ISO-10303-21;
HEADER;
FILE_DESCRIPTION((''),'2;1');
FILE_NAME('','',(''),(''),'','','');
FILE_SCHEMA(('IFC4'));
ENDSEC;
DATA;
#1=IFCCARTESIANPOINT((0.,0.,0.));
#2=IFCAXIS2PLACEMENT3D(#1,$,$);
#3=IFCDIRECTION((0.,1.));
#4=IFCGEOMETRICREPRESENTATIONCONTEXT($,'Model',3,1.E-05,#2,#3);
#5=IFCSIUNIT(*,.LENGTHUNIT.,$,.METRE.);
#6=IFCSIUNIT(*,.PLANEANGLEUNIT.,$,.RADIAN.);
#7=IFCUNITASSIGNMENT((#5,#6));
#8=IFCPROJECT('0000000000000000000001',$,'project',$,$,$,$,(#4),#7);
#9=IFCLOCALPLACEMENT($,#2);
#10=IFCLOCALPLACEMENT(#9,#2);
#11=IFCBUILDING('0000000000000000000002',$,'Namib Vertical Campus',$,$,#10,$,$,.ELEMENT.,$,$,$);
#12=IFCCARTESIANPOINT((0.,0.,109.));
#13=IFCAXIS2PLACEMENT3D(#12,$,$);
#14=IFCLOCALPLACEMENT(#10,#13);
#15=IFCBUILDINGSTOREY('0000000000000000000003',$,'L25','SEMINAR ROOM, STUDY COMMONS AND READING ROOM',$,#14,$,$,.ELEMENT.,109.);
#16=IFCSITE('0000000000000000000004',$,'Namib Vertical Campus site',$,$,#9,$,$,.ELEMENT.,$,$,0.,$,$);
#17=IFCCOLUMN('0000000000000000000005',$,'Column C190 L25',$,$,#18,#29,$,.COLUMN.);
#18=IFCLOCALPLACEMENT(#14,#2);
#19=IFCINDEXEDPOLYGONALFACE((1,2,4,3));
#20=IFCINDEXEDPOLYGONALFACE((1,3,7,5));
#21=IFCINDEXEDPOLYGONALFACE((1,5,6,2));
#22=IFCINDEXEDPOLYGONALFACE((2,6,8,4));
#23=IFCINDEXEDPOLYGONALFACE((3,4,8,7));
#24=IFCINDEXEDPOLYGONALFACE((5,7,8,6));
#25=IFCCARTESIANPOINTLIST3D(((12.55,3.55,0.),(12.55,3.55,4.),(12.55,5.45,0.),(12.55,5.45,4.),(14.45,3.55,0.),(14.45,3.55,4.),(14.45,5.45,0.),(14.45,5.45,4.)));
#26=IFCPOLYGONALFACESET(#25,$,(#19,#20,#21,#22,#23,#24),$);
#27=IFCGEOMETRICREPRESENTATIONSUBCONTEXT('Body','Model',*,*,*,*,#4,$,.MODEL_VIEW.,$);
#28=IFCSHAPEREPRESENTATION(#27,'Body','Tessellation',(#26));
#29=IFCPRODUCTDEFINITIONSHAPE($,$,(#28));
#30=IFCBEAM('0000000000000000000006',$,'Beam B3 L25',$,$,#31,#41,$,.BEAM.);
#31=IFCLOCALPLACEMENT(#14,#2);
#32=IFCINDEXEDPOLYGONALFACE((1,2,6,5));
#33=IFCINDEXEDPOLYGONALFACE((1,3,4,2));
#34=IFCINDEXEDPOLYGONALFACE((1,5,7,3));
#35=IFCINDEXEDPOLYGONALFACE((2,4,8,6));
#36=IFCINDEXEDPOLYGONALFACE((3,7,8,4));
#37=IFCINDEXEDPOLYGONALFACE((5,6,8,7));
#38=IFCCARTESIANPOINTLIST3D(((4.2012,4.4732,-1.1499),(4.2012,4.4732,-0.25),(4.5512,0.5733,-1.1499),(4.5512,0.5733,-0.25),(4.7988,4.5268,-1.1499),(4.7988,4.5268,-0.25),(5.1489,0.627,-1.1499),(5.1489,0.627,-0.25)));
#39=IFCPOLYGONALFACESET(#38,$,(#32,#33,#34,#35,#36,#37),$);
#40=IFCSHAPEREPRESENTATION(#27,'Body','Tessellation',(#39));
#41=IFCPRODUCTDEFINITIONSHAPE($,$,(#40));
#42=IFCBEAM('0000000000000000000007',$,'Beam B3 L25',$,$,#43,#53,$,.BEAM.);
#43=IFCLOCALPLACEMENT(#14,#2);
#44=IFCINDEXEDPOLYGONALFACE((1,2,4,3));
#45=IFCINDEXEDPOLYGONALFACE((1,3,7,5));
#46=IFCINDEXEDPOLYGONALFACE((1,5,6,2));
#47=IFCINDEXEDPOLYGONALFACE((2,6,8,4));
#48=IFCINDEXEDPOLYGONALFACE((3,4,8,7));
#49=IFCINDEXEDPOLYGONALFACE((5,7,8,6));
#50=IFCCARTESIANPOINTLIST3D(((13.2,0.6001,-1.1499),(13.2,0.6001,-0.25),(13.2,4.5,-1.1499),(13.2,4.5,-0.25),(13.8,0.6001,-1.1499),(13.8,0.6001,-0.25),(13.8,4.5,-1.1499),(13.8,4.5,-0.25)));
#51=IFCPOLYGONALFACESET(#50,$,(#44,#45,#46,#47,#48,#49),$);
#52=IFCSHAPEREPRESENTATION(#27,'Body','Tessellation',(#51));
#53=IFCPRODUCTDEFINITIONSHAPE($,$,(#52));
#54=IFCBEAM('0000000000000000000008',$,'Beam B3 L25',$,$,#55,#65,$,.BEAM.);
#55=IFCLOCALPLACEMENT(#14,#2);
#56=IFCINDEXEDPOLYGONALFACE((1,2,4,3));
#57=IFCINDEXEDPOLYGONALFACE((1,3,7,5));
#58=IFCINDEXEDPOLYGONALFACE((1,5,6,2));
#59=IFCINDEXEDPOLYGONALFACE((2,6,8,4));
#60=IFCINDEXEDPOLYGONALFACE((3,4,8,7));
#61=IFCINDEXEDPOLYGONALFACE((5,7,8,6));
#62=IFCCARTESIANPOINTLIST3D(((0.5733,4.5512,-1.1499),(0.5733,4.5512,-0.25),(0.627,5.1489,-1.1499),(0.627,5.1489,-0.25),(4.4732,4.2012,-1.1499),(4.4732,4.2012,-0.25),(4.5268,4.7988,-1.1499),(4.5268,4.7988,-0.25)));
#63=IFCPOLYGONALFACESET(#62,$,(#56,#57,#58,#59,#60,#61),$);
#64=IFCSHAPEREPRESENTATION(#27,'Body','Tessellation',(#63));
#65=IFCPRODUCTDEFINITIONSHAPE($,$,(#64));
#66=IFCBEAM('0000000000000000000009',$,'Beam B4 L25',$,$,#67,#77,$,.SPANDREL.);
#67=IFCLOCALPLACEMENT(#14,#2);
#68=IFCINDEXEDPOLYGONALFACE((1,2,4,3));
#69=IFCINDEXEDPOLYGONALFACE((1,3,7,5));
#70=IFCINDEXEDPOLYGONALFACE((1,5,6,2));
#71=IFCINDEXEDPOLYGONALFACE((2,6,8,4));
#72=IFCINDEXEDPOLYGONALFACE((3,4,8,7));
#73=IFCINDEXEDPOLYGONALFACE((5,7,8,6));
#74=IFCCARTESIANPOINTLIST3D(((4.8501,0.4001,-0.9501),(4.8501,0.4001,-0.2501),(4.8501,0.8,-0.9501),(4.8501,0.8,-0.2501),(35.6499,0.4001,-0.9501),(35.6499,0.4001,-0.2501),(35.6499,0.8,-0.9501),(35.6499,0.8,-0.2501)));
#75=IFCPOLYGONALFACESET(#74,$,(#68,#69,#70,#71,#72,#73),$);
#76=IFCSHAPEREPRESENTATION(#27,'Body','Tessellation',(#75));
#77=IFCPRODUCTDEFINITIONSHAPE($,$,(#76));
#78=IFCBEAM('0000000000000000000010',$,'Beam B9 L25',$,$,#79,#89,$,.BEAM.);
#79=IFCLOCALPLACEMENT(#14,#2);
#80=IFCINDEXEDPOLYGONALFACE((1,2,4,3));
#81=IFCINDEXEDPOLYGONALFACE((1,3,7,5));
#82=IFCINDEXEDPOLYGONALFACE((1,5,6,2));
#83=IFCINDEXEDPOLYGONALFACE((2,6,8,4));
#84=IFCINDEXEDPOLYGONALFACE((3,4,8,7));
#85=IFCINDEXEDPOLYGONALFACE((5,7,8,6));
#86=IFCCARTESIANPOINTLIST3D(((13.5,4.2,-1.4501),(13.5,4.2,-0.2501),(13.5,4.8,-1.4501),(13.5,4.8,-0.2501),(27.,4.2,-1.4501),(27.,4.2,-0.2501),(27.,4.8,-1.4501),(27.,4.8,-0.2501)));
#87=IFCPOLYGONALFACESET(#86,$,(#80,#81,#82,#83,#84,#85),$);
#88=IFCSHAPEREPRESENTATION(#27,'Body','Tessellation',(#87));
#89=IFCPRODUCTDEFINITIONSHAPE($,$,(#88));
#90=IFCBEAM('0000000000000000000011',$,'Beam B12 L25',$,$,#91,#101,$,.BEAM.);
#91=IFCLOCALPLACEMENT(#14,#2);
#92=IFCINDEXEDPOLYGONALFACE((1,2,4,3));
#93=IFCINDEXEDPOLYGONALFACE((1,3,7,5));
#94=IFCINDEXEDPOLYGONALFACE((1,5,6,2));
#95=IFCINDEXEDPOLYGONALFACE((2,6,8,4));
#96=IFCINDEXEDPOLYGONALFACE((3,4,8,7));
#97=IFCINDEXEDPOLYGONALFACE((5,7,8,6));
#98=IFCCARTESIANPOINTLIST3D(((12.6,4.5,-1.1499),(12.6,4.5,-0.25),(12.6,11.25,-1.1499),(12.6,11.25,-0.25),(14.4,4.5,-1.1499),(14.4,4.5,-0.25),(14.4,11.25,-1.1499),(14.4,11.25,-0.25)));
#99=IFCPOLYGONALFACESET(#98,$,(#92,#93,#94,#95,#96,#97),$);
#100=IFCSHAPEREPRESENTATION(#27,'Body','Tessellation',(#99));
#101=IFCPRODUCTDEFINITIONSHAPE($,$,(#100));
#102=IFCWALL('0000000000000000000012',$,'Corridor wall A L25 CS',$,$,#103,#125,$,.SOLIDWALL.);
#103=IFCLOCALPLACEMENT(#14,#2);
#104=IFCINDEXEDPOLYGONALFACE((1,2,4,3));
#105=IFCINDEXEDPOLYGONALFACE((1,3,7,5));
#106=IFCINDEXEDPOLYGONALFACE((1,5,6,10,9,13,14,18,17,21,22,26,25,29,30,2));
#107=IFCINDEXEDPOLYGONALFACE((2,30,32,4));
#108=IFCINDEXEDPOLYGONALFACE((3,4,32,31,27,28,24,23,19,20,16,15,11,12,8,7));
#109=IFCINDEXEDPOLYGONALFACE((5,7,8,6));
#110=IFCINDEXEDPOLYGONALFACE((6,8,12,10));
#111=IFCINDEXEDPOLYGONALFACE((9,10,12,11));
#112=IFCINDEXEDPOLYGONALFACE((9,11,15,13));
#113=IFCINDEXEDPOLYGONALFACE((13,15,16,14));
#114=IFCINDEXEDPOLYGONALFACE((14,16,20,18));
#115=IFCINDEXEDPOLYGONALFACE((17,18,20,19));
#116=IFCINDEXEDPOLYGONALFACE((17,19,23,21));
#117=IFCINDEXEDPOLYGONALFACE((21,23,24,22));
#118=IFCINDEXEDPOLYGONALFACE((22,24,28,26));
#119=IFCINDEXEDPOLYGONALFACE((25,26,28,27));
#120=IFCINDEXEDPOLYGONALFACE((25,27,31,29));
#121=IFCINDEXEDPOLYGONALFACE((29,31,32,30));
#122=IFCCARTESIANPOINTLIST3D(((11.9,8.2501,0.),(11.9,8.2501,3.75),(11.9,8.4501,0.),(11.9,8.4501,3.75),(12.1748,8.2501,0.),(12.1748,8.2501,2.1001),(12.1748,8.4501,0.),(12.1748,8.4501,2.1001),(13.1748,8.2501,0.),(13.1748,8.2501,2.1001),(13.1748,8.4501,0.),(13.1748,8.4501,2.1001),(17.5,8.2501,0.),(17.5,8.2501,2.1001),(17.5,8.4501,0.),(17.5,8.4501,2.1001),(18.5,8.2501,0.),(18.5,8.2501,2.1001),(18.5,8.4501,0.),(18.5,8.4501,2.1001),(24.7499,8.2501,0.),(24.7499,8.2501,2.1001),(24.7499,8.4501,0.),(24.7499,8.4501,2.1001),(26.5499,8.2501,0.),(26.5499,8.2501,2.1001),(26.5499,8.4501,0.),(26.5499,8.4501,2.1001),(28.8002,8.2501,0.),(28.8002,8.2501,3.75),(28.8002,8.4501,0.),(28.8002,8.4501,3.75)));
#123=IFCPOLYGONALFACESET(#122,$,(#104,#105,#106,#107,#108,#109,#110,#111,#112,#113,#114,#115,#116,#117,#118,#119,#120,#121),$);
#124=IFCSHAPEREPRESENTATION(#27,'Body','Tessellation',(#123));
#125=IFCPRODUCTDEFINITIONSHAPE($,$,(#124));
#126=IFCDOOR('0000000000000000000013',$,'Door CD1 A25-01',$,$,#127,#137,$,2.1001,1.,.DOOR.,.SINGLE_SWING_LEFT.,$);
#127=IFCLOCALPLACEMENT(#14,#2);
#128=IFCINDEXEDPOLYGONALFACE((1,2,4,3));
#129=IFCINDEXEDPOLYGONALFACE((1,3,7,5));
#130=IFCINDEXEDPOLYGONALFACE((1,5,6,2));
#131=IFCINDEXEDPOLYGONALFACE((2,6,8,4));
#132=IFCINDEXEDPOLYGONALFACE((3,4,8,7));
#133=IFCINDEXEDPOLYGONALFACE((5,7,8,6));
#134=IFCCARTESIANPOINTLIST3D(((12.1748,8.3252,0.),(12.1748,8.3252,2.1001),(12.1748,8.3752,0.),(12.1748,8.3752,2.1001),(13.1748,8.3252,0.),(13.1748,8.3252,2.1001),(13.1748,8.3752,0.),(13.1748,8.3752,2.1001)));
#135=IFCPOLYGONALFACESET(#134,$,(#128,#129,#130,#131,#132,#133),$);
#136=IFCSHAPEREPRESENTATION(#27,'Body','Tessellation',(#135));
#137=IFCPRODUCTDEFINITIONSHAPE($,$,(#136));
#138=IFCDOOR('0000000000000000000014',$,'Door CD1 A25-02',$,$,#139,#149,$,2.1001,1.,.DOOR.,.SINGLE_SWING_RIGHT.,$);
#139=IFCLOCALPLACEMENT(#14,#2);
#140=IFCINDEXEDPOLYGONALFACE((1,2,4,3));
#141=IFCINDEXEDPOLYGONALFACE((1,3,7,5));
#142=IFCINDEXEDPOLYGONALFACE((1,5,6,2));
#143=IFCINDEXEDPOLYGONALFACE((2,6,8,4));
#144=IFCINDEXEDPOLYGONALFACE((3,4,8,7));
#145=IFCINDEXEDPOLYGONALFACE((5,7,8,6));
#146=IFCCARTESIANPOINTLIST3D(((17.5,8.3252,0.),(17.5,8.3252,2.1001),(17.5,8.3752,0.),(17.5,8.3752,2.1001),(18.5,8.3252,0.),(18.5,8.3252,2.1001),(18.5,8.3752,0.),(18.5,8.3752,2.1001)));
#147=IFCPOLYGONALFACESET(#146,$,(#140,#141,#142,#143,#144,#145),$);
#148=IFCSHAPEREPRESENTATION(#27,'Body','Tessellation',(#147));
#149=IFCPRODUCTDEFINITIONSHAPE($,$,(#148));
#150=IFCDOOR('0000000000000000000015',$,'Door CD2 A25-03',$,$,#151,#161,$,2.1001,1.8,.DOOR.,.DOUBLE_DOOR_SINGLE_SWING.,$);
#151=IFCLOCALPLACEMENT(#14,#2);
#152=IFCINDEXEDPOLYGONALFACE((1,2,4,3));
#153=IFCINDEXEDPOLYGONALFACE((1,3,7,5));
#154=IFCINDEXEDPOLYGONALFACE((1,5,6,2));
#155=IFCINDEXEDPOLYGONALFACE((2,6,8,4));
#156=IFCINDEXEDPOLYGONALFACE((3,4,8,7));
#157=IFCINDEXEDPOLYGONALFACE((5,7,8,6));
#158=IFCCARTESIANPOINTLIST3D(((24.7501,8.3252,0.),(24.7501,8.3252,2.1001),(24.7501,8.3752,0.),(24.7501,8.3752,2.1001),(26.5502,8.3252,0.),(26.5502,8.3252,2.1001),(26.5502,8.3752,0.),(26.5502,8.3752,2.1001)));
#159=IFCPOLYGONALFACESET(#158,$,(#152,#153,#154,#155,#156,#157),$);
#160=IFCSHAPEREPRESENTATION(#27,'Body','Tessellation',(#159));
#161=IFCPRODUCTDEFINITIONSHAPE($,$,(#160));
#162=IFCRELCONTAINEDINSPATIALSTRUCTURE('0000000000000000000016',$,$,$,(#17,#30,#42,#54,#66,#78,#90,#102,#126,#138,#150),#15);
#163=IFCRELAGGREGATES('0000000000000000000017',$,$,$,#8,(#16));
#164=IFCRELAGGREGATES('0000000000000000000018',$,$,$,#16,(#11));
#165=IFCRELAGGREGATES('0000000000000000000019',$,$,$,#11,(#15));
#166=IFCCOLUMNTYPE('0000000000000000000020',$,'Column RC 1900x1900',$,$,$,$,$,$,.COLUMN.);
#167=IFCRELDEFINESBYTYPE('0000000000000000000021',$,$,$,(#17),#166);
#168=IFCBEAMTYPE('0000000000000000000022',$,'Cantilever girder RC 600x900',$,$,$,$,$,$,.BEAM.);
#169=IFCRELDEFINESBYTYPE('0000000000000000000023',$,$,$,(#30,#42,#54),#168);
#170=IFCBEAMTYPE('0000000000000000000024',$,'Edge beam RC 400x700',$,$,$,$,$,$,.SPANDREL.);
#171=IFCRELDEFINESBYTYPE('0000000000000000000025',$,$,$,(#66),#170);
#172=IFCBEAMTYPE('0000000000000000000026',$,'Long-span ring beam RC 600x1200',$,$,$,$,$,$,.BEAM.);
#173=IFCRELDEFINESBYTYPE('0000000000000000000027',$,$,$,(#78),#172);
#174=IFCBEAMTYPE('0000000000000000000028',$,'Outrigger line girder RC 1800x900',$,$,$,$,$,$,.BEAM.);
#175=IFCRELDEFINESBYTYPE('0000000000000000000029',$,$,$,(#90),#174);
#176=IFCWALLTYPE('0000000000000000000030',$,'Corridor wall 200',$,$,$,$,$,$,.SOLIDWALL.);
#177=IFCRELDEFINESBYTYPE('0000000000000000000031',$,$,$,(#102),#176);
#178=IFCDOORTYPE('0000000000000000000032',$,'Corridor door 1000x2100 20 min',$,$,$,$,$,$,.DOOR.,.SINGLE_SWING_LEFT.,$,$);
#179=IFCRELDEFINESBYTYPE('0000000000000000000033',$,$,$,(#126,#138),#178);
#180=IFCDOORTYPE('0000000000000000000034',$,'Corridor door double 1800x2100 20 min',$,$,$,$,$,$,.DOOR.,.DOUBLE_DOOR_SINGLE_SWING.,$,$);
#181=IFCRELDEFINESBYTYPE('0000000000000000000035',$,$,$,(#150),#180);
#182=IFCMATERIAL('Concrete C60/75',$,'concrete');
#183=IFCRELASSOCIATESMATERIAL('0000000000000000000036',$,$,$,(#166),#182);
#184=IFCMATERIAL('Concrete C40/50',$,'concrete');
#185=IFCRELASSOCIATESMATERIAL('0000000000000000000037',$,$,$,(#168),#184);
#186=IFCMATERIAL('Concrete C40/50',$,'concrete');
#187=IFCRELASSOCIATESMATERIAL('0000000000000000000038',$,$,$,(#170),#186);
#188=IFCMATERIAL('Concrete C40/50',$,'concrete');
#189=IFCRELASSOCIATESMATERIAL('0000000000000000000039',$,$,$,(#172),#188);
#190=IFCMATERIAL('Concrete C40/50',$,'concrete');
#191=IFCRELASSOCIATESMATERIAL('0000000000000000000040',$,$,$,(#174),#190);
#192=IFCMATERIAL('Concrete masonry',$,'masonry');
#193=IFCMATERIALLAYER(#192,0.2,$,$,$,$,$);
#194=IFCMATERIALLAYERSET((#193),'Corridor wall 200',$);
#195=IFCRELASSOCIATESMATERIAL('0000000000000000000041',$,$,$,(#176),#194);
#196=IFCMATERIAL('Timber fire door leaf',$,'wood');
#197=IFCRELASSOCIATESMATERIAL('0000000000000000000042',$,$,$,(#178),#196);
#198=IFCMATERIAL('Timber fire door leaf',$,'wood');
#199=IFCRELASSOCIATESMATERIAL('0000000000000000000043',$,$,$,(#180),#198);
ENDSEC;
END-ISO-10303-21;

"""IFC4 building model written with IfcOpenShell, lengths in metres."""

from ifc_helpers import new_model, si_unit, direction, frame, frame_2d, origin, origin_2d, place, context, subcontext, project, spatial, rectangle, extrude, material, layer, layer_set, material_profile, profile_set, type_object, element, fill, save


model = new_model("IFC4")

# Units and contexts
model_context = context("Model", 3, precision=1e-05, world=origin(), true_north=direction((0.0, 1.0)))
body_context = subcontext(model_context, "Body", "Model", "MODEL_VIEW")
ifc_project = project(units=[si_unit("LENGTHUNIT", "METRE"), si_unit("PLANEANGLEUNIT", "RADIAN")], contexts=[model_context])

# Site, building, storey
site_placement = place(None, origin())
site = spatial("IfcSite", under=ifc_project, at=site_placement, Name="Namib Vertical Campus site", CompositionType="ELEMENT", RefElevation=0.0)
building_placement = place(site_placement, origin())
building = spatial("IfcBuilding", under=site, at=building_placement, Name="Namib Vertical Campus", CompositionType="ELEMENT")
storey_placement = place(building_placement, frame((0.0, 0.0, 109.0)))
storey = spatial("IfcBuildingStorey", under=building, at=storey_placement, Name="L25", Description="SEMINAR ROOM, STUDY COMMONS AND READING ROOM", CompositionType="ELEMENT", Elevation=109.0)

# Column
ifc_material_1 = material(Name="Concrete C60/75", Category="concrete")
ifc_material_profile_1 = material_profile(ifc_material_1, rectangle(XDim=1.8999, YDim=1.8999, at=origin_2d()))
ifc_profile_set_1 = profile_set([ifc_material_profile_1], Name="Concrete C60/75")
column_type = type_object("IfcColumnType", Name="Column RC 1900x1900", PredefinedType="COLUMN", material=ifc_profile_set_1)
column_placement = place(storey_placement, frame((13.5, 4.5, 0.0), z_axis=(0.0, 0.0, 1.0), x_axis=(1.0, 0.0, 0.0)))
element("IfcColumn", 1, at=column_placement, inside=storey, type_object=column_type, Name="Column C190 L25", PredefinedType="COLUMN", context=body_context, shape_type="SweptSolid", body=[
    extrude(rectangle(XDim=1.8999, YDim=1.8999, at=origin_2d()), origin(), (0.0, 0.0, 1.0), 4.0),
])

# Beams
ifc_material_2 = material(Name="Concrete C40/50", Category="concrete")
ifc_material_profile_2 = material_profile(ifc_material_2, rectangle(XDim=0.6001, YDim=0.8999, at=origin_2d()))
ifc_profile_set_2 = profile_set([ifc_material_profile_2], Name="Concrete C40/50")
beam_type_1 = type_object("IfcBeamType", Name="Cantilever girder RC 600x900", PredefinedType="BEAM", material=ifc_profile_set_2)
beam_1_placement = place(storey_placement, frame((4.5, 4.5, -0.7), z_axis=(0.089411, -0.995995, 0.0), x_axis=(0.995995, 0.089411, 0.0)))
element("IfcBeam", 2, at=beam_1_placement, inside=storey, type_object=beam_type_1, Name="Beam B3 L25", PredefinedType="BEAM", context=body_context, shape_type="SweptSolid", body=[
    extrude(rectangle(XDim=0.6001, YDim=0.8999, at=origin_2d()), origin(), (0.0, 0.0, 1.0), 3.9155),
])
beam_2_placement = place(storey_placement, frame((13.5, 4.5, -0.7), z_axis=(0.0, -1.0, 0.0), x_axis=(1.0, 0.0, 0.0)))
element("IfcBeam", 3, at=beam_2_placement, inside=storey, type_object=beam_type_1, Name="Beam B3 L25", PredefinedType="BEAM", context=body_context, shape_type="SweptSolid", body=[
    extrude(rectangle(XDim=0.6001, YDim=0.8999, at=origin_2d()), origin(), (0.0, 0.0, 1.0), 3.8999),
])
beam_3_placement = place(storey_placement, frame((4.5, 4.5, -0.7), z_axis=(-0.995995, 0.089411, 0.0), x_axis=(-0.089411, -0.995995, 0.0)))
element("IfcBeam", 4, at=beam_3_placement, inside=storey, type_object=beam_type_1, Name="Beam B3 L25", PredefinedType="BEAM", context=body_context, shape_type="SweptSolid", body=[
    extrude(rectangle(XDim=0.6001, YDim=0.8999, at=origin_2d()), origin(), (0.0, 0.0, 1.0), 3.9155),
])
ifc_material_3 = material(Name="Concrete C40/50", Category="concrete")
ifc_material_profile_3 = material_profile(ifc_material_3, rectangle(XDim=0.3999, YDim=0.7, at=origin_2d()))
ifc_profile_set_3 = profile_set([ifc_material_profile_3], Name="Concrete C40/50")
beam_type_2 = type_object("IfcBeamType", Name="Edge beam RC 400x700", PredefinedType="SPANDREL", material=ifc_profile_set_3)
beam_4_placement = place(storey_placement, frame((4.8501, 0.6001, -0.6001), z_axis=(1.0, 0.0, 0.0), x_axis=(0.0, 1.0, 0.0)))
element("IfcBeam", 5, at=beam_4_placement, inside=storey, type_object=beam_type_2, Name="Beam B4 L25", PredefinedType="SPANDREL", context=body_context, shape_type="SweptSolid", body=[
    extrude(rectangle(XDim=0.3999, YDim=0.7, at=origin_2d()), origin(), (0.0, 0.0, 1.0), 30.7998),
])
ifc_material_4 = material(Name="Concrete C40/50", Category="concrete")
ifc_material_profile_4 = material_profile(ifc_material_4, rectangle(XDim=0.6001, YDim=1.2, at=origin_2d()))
ifc_profile_set_4 = profile_set([ifc_material_profile_4], Name="Concrete C40/50")
beam_type_3 = type_object("IfcBeamType", Name="Long-span ring beam RC 600x1200", PredefinedType="BEAM", material=ifc_profile_set_4)
beam_5_placement = place(storey_placement, frame((13.5, 4.5, -0.8501), z_axis=(1.0, 0.0, 0.0), x_axis=(0.0, 1.0, 0.0)))
element("IfcBeam", 6, at=beam_5_placement, inside=storey, type_object=beam_type_3, Name="Beam B9 L25", PredefinedType="BEAM", context=body_context, shape_type="SweptSolid", body=[
    extrude(rectangle(XDim=0.6001, YDim=1.2, at=origin_2d()), origin(), (0.0, 0.0, 1.0), 13.5),
])
ifc_material_5 = material(Name="Concrete C40/50", Category="concrete")
ifc_material_profile_5 = material_profile(ifc_material_5, rectangle(XDim=1.8, YDim=0.8999, at=origin_2d()))
ifc_profile_set_5 = profile_set([ifc_material_profile_5], Name="Concrete C40/50")
beam_type_4 = type_object("IfcBeamType", Name="Outrigger line girder RC 1800x900", PredefinedType="BEAM", material=ifc_profile_set_5)
beam_6_placement = place(storey_placement, frame((13.5, 4.5, -0.7), z_axis=(0.0, 1.0, 0.0), x_axis=(-1.0, 0.0, 0.0)))
element("IfcBeam", 7, at=beam_6_placement, inside=storey, type_object=beam_type_4, Name="Beam B12 L25", PredefinedType="BEAM", context=body_context, shape_type="SweptSolid", body=[
    extrude(rectangle(XDim=1.8, YDim=0.8999, at=origin_2d()), origin(), (0.0, 0.0, 1.0), 6.75),
])

# Wall, openings, doors
ifc_material_6 = material(Name="Concrete masonry", Category="masonry")
ifc_layer_1 = layer(ifc_material_6, 0.2)
ifc_layer_set_1 = layer_set([ifc_layer_1], Name="Corridor wall 200")
wall_type_1 = type_object("IfcWallType", Name="Corridor wall 200", PredefinedType="SOLIDWALL", material=ifc_layer_set_1)
wall_1_placement = place(storey_placement, frame((11.8999, 8.3501, 0.0), z_axis=(0.0, 0.0, 1.0), x_axis=(1.0, 0.0, 0.0)))
wall_1 = element("IfcWall", 8, at=wall_1_placement, inside=storey, type_object=wall_type_1, Name="Corridor wall A L25 CS", PredefinedType="SOLIDWALL", context=body_context, shape_type="SweptSolid", body=[
    extrude(rectangle(XDim=16.9001, YDim=0.2, at=frame_2d((8.4502, 0.0))), origin(), (0.0, 0.0, 1.0), 3.75),
])
opening_1_placement = place(wall_1_placement, frame((0.2749, 0.0, 0.0)))
opening_1 = element("IfcOpeningElement", 9, at=opening_1_placement, cuts=wall_1, PredefinedType="OPENING", context=body_context, shape_type="SweptSolid", body=[
    extrude(rectangle(XDim=1.0, YDim=2.1001, at=frame_2d((0.5, 1.05))), frame((0.0, 0.1099, 0.0), z_axis=(0.0, -1.0, 0.0), x_axis=(1.0, 0.0, 0.0)), (0.0, 0.0, 1.0), 0.22),
])
opening_2_placement = place(wall_1_placement, frame((5.6001, 0.0, 0.0)))
opening_2 = element("IfcOpeningElement", 10, at=opening_2_placement, cuts=wall_1, PredefinedType="OPENING", context=body_context, shape_type="SweptSolid", body=[
    extrude(rectangle(XDim=1.0, YDim=2.1001, at=frame_2d((0.5, 1.05))), frame((0.0, 0.1099, 0.0), z_axis=(0.0, -1.0, 0.0), x_axis=(1.0, 0.0, 0.0)), (0.0, 0.0, 1.0), 0.22),
])
opening_3_placement = place(wall_1_placement, frame((12.8501, 0.0, 0.0)))
opening_3 = element("IfcOpeningElement", 11, at=opening_3_placement, cuts=wall_1, PredefinedType="OPENING", context=body_context, shape_type="SweptSolid", body=[
    extrude(rectangle(XDim=1.8, YDim=2.1001, at=frame_2d((0.8999, 1.05))), frame((0.0, 0.1099, 0.0), z_axis=(0.0, -1.0, 0.0), x_axis=(1.0, 0.0, 0.0)), (0.0, 0.0, 1.0), 0.22),
])
ifc_material_7 = material(Name="Timber fire door leaf", Category="wood")
door_type_1 = type_object("IfcDoorType", Name="Corridor door 1000x2100 20 min", OperationType="SINGLE_SWING_LEFT", PredefinedType="DOOR", material=ifc_material_7)
door_1_placement = place(opening_1_placement, frame((1.0, 0.0, 0.0), z_axis=(0.0, 0.0, 1.0), x_axis=(-1.0, 0.0, 0.0)))
door_1 = element("IfcDoor", 12, at=door_1_placement, inside=storey, type_object=door_type_1, Name="Door CD1 A25-01", OperationType="SINGLE_SWING_LEFT", OverallHeight=2.1001, OverallWidth=1.0, PredefinedType="DOOR", context=body_context, shape_type="SweptSolid", body=[
    extrude(rectangle(XDim=1.0, YDim=2.1001, at=frame_2d((0.5, 1.05))), frame((0.0, 0.0249, 0.0), z_axis=(0.0, -1.0, 0.0), x_axis=(1.0, 0.0, 0.0)), (0.0, 0.0, 1.0), 0.05),
])
fill(opening_1, door_1)
door_2_placement = place(opening_2_placement, frame((1.0, 0.0, 0.0), z_axis=(0.0, 0.0, 1.0), x_axis=(-1.0, 0.0, 0.0)))
door_2 = element("IfcDoor", 13, at=door_2_placement, inside=storey, type_object=door_type_1, Name="Door CD1 A25-02", OperationType="SINGLE_SWING_RIGHT", OverallHeight=2.1001, OverallWidth=1.0, PredefinedType="DOOR", context=body_context, shape_type="SweptSolid", body=[
    extrude(rectangle(XDim=1.0, YDim=2.1001, at=frame_2d((0.5, 1.05))), frame((0.0, 0.0249, 0.0), z_axis=(0.0, -1.0, 0.0), x_axis=(1.0, 0.0, 0.0)), (0.0, 0.0, 1.0), 0.05),
])
fill(opening_2, door_2)
ifc_material_8 = material(Name="Timber fire door leaf", Category="wood")
door_type_2 = type_object("IfcDoorType", Name="Corridor door double 1800x2100 20 min", OperationType="DOUBLE_DOOR_SINGLE_SWING", PredefinedType="DOOR", material=ifc_material_8)
door_3_placement = place(opening_3_placement, frame((1.8, 0.0, 0.0), z_axis=(0.0, 0.0, 1.0), x_axis=(-1.0, 0.0, 0.0)))
door_3 = element("IfcDoor", 14, at=door_3_placement, inside=storey, type_object=door_type_2, Name="Door CD2 A25-03", OperationType="DOUBLE_DOOR_SINGLE_SWING", OverallHeight=2.1001, OverallWidth=1.8, PredefinedType="DOOR", context=body_context, shape_type="SweptSolid", body=[
    extrude(rectangle(XDim=1.8, YDim=2.1001, at=frame_2d((0.8999, 1.05))), frame((0.0, 0.0249, 0.0), z_axis=(0.0, -1.0, 0.0), x_axis=(1.0, 0.0, 0.0)), (0.0, 0.0, 1.0), 0.05),
])
fill(opening_3, door_3)

save(model, "model.ifc")
